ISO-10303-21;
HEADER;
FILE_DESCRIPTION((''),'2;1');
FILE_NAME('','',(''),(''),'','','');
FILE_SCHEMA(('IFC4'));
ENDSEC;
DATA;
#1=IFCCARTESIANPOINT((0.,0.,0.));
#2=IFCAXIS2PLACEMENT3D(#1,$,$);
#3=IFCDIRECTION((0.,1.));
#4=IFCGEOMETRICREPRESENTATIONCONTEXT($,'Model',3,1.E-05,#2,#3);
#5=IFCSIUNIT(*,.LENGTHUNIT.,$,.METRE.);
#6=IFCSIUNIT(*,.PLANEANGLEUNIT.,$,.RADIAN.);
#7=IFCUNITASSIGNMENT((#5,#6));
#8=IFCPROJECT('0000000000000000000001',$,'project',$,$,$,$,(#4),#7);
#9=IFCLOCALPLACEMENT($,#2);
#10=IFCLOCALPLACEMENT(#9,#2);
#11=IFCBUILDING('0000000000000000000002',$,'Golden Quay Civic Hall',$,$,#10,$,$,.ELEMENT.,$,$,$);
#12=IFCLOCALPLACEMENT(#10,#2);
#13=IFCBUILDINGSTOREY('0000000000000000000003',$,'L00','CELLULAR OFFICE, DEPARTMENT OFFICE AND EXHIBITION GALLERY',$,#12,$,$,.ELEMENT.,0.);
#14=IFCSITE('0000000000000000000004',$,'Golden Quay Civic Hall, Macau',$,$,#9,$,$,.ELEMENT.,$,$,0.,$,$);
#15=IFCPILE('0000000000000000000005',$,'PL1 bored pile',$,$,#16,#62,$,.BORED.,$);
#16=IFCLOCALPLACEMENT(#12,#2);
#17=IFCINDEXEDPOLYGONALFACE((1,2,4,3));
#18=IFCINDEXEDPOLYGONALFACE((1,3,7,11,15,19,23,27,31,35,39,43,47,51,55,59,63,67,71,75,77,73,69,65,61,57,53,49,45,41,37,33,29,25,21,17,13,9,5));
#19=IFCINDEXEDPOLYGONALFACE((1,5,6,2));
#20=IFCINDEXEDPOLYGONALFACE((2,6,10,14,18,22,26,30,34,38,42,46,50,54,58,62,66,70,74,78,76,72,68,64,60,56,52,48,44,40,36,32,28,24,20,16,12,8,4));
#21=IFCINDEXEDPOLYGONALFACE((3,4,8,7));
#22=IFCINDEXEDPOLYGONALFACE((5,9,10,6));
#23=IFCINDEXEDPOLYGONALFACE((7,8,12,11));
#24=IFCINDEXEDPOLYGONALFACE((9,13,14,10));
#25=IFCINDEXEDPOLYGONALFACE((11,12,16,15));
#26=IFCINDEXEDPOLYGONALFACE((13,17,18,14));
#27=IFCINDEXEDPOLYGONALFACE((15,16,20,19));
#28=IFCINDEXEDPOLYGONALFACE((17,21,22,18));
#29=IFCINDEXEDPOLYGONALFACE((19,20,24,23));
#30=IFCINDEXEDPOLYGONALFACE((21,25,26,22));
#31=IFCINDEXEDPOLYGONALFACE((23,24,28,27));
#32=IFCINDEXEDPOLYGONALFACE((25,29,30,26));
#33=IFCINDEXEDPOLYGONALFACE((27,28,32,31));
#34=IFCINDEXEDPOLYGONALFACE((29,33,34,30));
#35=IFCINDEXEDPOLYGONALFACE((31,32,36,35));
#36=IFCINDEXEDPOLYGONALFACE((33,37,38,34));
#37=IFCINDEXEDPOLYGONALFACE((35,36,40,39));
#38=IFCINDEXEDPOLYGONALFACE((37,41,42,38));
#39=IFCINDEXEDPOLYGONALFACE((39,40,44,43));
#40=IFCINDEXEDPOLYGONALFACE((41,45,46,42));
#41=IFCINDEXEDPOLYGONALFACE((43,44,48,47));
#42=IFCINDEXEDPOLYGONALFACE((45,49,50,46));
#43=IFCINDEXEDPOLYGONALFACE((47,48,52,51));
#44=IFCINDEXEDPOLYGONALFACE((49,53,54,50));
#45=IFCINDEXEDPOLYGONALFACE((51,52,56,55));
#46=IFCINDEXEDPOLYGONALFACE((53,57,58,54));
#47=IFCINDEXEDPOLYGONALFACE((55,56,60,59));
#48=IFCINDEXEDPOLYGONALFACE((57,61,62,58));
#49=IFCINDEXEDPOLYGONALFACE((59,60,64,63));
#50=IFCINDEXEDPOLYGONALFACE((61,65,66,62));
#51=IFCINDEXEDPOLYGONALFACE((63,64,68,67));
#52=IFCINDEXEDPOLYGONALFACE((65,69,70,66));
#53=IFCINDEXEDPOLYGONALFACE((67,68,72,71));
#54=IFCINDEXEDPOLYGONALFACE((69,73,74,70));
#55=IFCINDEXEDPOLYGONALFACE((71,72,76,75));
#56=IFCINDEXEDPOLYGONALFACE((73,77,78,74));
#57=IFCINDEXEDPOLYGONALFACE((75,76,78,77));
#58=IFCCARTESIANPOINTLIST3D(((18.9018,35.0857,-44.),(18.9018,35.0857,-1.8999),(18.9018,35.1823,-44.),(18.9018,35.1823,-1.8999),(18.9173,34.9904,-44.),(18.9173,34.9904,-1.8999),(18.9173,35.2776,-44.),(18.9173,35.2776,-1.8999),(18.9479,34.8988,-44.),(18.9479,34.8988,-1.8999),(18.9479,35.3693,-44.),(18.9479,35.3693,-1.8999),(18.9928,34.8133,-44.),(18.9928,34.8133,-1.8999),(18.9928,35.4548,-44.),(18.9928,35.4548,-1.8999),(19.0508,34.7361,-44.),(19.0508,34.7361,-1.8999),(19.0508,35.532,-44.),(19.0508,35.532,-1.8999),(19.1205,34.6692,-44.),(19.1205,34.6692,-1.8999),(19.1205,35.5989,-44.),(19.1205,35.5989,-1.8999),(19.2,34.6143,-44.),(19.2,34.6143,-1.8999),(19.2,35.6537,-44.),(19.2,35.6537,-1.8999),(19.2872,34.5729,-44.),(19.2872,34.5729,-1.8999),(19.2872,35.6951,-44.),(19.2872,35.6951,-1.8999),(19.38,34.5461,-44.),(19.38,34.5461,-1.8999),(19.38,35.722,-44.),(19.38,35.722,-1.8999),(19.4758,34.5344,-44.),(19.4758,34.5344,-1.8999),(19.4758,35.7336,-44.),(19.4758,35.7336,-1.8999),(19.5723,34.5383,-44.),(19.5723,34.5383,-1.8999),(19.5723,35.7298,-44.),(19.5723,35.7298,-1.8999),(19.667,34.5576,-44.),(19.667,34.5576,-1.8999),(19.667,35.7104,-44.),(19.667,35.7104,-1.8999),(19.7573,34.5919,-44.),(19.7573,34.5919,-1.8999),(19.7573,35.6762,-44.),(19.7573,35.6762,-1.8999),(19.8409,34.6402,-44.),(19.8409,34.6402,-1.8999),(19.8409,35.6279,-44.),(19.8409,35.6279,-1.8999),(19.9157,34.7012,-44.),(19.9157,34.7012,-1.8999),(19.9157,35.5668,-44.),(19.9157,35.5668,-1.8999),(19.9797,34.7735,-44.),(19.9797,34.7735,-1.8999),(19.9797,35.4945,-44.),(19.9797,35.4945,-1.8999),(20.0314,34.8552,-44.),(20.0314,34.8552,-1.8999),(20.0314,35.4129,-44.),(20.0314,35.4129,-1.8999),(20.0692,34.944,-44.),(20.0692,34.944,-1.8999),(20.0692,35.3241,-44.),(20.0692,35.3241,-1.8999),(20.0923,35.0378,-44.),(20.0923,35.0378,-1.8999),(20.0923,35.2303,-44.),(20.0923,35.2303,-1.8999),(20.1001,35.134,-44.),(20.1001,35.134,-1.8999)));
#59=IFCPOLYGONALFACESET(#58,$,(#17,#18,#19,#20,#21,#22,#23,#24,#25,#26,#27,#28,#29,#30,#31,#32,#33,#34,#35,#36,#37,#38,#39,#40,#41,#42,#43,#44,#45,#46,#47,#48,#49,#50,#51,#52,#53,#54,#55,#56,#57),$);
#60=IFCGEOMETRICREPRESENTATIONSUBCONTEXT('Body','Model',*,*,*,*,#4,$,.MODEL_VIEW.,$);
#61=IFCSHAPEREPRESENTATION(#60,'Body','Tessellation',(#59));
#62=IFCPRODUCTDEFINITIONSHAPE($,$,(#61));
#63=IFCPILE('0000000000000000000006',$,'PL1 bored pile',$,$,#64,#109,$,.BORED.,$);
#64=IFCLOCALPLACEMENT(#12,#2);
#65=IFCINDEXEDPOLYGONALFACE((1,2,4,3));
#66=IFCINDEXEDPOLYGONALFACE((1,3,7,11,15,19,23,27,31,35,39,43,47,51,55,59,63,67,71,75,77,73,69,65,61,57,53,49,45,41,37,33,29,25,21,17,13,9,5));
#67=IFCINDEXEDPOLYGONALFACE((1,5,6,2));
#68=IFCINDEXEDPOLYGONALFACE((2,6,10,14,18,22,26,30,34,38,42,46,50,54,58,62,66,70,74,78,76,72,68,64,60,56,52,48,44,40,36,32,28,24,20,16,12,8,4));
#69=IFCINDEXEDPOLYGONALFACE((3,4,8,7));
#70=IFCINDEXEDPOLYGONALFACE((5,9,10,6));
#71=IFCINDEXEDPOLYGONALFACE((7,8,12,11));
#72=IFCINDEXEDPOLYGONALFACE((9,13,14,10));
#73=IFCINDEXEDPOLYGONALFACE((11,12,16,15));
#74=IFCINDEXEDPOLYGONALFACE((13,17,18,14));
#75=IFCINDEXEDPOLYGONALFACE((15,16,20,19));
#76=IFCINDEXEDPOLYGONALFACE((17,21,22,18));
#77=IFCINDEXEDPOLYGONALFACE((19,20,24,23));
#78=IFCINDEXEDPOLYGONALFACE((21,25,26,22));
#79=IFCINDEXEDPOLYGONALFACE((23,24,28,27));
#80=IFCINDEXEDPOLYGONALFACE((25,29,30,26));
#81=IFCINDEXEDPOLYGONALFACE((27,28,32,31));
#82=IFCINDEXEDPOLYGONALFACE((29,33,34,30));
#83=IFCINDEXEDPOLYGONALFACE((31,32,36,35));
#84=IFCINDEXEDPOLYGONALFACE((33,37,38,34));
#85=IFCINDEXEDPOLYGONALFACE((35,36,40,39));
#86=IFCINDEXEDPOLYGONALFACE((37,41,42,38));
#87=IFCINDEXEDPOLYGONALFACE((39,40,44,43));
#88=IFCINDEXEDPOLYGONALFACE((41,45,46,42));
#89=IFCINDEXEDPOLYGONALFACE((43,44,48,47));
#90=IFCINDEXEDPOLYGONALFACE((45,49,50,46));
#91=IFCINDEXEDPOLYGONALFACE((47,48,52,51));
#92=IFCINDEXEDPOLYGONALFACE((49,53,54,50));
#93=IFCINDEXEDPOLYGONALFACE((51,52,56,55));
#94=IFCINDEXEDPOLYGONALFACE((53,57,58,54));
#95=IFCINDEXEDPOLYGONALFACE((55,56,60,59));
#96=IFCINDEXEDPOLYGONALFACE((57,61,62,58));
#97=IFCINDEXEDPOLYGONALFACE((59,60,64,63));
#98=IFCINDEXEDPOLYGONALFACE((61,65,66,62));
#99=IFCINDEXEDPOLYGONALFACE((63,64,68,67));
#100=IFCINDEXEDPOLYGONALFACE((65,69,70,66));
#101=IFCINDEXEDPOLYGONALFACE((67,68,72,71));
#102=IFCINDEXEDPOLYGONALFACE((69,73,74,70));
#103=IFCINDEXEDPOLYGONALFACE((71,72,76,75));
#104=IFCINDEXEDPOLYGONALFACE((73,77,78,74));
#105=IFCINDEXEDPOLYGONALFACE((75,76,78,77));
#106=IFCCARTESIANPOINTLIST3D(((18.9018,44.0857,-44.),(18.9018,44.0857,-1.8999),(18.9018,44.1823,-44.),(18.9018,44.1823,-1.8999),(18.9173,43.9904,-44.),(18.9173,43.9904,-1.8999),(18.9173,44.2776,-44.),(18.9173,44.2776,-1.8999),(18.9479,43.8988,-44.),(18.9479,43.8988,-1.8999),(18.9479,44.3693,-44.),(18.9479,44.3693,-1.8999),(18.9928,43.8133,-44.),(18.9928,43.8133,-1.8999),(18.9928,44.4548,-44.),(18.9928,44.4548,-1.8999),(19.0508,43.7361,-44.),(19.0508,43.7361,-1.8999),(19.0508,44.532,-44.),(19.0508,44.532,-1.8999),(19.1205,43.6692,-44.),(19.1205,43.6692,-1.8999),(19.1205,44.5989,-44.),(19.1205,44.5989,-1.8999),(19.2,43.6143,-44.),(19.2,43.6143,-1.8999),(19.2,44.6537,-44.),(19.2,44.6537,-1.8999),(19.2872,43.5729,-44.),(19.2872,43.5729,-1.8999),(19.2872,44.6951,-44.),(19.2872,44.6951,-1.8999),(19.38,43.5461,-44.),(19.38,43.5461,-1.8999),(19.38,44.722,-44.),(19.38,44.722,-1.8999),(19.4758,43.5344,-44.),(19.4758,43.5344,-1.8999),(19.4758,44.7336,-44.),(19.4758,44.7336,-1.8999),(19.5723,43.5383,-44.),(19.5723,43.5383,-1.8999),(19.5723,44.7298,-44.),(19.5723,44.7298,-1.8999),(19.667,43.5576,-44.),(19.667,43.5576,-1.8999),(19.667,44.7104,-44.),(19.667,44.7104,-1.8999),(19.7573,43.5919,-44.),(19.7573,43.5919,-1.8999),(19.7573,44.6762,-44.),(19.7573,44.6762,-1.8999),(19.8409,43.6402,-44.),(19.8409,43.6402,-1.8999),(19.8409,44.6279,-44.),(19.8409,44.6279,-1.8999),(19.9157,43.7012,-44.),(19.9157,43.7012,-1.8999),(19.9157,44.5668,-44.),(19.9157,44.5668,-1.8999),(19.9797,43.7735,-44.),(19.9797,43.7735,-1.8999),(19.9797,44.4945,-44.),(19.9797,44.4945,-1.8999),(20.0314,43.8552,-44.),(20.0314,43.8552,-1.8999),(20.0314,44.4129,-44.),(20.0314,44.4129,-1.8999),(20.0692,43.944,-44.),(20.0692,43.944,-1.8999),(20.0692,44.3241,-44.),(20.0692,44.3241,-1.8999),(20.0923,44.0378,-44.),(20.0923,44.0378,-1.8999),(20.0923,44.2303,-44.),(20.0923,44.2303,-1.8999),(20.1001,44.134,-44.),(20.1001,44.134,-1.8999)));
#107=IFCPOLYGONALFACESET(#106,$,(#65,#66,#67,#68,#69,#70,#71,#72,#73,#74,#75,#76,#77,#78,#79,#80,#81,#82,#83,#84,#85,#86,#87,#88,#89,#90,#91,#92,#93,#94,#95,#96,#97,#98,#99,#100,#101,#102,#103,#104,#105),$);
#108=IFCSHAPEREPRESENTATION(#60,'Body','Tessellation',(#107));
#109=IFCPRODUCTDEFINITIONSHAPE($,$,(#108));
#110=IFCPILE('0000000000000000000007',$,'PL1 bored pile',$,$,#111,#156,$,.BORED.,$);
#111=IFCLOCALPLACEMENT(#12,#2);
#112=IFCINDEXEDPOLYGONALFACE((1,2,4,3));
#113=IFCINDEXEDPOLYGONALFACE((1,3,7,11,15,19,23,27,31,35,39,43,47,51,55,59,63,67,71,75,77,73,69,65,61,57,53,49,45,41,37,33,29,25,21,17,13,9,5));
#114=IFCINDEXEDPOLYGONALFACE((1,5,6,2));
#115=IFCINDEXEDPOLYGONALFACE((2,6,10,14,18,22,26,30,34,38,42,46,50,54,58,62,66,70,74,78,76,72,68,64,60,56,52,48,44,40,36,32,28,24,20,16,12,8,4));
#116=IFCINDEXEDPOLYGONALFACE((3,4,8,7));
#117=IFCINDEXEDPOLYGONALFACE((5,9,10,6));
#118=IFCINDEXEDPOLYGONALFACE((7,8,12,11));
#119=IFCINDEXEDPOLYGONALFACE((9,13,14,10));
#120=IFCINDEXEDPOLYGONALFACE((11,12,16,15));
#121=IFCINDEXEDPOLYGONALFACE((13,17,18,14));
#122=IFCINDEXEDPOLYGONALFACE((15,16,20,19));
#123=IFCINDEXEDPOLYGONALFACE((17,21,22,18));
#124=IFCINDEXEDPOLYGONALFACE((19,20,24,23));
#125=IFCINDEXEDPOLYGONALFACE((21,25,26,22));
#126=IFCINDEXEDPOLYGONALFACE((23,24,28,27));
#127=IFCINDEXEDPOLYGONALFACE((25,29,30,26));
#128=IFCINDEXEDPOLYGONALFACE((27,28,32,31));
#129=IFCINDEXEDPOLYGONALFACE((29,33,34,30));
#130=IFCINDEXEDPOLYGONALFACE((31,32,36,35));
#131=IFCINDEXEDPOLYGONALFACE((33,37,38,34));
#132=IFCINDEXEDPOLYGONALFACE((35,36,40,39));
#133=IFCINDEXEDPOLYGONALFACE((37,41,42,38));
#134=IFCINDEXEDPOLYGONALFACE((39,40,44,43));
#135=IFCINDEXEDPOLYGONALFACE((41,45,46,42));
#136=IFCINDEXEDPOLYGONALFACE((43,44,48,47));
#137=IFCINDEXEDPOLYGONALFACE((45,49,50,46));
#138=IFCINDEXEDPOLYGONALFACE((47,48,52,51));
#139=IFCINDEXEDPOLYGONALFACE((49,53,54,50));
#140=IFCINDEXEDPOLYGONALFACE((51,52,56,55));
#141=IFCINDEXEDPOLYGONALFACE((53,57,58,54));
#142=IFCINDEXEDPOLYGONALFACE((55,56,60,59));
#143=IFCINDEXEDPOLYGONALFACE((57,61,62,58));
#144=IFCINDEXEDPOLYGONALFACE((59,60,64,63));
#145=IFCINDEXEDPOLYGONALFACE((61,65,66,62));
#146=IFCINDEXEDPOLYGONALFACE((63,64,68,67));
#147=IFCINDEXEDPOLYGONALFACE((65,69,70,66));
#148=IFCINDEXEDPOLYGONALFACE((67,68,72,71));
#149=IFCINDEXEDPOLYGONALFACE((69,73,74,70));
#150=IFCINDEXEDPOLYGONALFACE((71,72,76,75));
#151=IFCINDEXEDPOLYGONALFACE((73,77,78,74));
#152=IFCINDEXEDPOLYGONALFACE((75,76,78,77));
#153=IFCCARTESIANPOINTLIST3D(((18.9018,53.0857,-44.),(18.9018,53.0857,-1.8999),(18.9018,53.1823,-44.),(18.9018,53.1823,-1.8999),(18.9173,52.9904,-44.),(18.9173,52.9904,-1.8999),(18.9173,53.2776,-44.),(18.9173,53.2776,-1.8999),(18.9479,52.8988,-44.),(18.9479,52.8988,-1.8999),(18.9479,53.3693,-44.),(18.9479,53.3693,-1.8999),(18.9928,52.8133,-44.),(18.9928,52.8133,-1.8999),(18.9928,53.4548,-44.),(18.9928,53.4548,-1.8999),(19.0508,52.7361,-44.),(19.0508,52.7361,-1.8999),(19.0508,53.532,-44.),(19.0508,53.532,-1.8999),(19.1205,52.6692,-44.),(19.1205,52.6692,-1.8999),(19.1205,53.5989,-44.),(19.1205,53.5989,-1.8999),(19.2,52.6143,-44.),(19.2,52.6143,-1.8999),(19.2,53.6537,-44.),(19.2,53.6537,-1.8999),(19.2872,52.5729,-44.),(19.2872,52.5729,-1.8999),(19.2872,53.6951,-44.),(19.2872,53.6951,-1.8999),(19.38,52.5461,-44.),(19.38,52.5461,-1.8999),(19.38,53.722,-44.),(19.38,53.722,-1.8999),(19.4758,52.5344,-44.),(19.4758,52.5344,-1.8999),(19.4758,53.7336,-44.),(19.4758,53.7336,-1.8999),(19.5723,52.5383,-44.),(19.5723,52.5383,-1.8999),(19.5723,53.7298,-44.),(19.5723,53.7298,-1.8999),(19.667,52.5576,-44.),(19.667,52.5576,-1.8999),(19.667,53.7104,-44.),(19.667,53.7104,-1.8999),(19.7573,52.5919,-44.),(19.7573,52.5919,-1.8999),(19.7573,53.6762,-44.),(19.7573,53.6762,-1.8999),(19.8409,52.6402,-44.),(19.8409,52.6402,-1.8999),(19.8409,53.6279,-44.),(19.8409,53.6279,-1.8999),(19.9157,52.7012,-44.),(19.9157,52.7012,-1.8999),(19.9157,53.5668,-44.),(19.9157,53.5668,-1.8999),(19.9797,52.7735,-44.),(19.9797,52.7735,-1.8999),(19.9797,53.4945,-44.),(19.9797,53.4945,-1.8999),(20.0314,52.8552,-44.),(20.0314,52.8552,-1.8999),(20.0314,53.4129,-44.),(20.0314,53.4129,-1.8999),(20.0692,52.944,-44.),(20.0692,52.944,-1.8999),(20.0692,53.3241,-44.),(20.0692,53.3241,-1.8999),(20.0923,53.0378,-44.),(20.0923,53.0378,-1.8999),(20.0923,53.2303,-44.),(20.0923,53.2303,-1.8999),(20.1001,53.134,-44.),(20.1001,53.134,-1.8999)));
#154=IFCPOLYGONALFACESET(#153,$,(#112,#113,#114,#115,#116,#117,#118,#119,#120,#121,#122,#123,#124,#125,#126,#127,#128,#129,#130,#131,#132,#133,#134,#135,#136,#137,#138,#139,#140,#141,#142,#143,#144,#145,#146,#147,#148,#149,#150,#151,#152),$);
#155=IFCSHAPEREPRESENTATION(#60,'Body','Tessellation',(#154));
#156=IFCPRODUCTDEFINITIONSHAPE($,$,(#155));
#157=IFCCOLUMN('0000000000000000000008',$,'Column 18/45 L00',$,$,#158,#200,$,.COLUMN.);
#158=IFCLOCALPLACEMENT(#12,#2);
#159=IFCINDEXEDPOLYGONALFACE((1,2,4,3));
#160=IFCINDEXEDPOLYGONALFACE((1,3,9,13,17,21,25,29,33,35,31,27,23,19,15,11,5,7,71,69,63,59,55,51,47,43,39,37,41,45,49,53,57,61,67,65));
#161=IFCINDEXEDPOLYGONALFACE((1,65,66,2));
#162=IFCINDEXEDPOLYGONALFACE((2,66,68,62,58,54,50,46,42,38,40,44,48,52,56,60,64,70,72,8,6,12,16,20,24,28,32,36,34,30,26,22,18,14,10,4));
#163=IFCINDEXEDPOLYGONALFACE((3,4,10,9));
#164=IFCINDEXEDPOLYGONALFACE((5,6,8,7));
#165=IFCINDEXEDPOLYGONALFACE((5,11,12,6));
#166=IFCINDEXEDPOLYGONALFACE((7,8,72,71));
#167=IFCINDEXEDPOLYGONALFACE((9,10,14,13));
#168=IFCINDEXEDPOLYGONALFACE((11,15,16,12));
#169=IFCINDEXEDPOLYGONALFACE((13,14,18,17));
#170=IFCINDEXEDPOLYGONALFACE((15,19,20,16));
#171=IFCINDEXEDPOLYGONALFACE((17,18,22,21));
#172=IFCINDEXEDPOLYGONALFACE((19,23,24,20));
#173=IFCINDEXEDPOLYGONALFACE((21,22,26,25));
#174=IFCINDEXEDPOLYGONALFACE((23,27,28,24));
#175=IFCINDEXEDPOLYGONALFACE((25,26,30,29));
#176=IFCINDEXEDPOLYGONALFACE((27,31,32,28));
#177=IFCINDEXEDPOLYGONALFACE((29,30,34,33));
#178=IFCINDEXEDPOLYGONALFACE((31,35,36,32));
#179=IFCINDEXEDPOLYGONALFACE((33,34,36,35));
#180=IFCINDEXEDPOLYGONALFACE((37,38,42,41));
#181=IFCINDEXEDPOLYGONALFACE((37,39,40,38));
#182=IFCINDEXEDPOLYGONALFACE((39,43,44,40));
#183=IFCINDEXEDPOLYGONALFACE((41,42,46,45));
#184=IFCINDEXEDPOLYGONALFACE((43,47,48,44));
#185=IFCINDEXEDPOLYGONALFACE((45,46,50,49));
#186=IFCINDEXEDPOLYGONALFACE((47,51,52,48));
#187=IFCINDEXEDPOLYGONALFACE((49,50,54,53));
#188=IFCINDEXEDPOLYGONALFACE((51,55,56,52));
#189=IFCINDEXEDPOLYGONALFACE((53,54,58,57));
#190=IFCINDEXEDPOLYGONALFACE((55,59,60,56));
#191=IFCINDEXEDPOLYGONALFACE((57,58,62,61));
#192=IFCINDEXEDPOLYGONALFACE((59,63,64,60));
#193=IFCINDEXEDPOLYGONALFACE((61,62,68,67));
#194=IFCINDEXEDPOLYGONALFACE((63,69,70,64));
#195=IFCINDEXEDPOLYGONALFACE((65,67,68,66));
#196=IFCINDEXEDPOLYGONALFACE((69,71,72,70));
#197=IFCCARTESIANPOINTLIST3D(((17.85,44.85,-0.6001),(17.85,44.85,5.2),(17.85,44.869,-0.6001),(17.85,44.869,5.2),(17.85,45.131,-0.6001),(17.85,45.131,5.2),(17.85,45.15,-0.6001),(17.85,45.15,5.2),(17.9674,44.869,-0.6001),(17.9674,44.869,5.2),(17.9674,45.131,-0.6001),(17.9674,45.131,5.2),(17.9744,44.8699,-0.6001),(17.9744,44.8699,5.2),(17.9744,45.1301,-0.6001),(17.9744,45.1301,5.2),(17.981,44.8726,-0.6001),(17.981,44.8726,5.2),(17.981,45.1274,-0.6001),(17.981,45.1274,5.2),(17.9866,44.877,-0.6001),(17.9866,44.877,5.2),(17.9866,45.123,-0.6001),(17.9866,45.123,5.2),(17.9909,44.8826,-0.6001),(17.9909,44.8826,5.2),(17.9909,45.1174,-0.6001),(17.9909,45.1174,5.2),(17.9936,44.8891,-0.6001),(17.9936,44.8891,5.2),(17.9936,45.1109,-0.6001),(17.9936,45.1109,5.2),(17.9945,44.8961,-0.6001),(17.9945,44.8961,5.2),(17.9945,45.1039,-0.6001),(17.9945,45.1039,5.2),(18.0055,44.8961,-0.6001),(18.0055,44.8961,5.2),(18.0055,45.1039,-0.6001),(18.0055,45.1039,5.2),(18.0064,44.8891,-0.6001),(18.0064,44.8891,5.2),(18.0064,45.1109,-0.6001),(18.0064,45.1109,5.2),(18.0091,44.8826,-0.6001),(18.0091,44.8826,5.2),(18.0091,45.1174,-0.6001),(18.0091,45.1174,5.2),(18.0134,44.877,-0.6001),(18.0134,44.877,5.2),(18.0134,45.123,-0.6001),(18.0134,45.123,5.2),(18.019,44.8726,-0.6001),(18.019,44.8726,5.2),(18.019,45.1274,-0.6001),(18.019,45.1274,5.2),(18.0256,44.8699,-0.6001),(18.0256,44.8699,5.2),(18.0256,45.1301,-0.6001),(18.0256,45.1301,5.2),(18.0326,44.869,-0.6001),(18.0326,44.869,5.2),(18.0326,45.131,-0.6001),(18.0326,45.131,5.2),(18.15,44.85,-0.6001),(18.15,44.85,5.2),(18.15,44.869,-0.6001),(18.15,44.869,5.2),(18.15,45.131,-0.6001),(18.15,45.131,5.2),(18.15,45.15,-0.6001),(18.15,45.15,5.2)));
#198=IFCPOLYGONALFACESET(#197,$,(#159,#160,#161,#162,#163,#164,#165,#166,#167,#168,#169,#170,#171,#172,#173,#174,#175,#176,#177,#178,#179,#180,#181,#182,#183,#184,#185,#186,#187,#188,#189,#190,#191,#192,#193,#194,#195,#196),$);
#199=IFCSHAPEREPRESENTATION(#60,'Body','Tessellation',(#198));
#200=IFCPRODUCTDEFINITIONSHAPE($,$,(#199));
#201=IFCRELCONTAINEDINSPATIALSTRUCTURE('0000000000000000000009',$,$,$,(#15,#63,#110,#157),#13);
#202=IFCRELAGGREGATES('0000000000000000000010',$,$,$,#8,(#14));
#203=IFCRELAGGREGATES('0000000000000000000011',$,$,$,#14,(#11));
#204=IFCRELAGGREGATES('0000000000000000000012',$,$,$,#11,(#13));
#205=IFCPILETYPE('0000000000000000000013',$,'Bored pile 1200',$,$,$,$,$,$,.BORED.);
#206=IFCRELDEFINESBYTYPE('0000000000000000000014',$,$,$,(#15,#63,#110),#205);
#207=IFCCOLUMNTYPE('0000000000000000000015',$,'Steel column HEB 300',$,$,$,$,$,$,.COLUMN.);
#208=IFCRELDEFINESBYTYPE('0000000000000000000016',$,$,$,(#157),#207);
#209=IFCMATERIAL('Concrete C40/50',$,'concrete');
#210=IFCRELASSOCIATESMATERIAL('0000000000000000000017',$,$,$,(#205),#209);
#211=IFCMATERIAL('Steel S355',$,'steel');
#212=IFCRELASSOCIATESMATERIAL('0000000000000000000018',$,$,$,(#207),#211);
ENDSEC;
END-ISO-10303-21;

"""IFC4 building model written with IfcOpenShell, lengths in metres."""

from ifc_helpers import new_model, si_unit, direction, frame, origin, origin_2d, place, context, subcontext, project, spatial, circle, i_section, extrude, material, material_profile, profile_set, type_object, element, save


model = new_model("IFC4")

# Units and contexts
model_context = context("Model", 3, precision=1e-05, world=origin(), true_north=direction((0.0, 1.0)))
body_context = subcontext(model_context, "Body", "Model", "MODEL_VIEW")
ifc_project = project(units=[si_unit("LENGTHUNIT", "METRE"), si_unit("PLANEANGLEUNIT", "RADIAN")], contexts=[model_context])

# Site, building, storey
site_placement = place(None, origin())
site = spatial("IfcSite", under=ifc_project, at=site_placement, Name="Golden Quay Civic Hall, Macau", CompositionType="ELEMENT", RefElevation=0.0)
building_placement = place(site_placement, origin())
building = spatial("IfcBuilding", under=site, at=building_placement, Name="Golden Quay Civic Hall", CompositionType="ELEMENT")
storey_placement = place(building_placement, origin())
storey = spatial("IfcBuildingStorey", under=building, at=storey_placement, Name="L00", Description="CELLULAR OFFICE, DEPARTMENT OFFICE AND EXHIBITION GALLERY", CompositionType="ELEMENT", Elevation=0.0)

# Piles
ifc_material_1 = material(Name="Concrete C40/50", Category="concrete")
ifc_material_profile_1 = material_profile(ifc_material_1, circle(Radius=0.6001, at=origin_2d()), Name="RC D1200")
ifc_profile_set_1 = profile_set([ifc_material_profile_1], Name="Concrete C40/50")
pile_type = type_object("IfcPileType", Name="Bored pile 1200", PredefinedType="BORED", material=ifc_profile_set_1)
for number, where, z_axis, x_axis, name in (
    (1, (19.5, 35.134, -1.8999), (0.0, 0.0, -1.0), (1.0, 0.0, 0.0), "PL1 bored pile"),
    (2, (19.5, 44.134, -1.8999), (0.0, 0.0, -1.0), (1.0, 0.0, 0.0), "PL1 bored pile"),
    (3, (19.5, 53.134, -1.8999), (0.0, 0.0, -1.0), (1.0, 0.0, 0.0), "PL1 bored pile"),
):
    element("IfcPile", number, at=place(storey_placement, frame(where, z_axis=z_axis, x_axis=x_axis)), inside=storey, type_object=pile_type, Name=name, PredefinedType="BORED", context=body_context, shape_type="SweptSolid", body=[
        extrude(circle(Radius=0.6001, at=origin_2d()), origin(), (0.0, 0.0, 1.0), 42.1001),
    ])

# Column
ifc_material_2 = material(Name="Steel S355", Category="steel")
ifc_material_profile_2 = material_profile(ifc_material_2, i_section(OverallWidth=0.3, OverallDepth=0.3, WebThickness=0.011, FlangeThickness=0.019, FilletRadius=0.0271, at=origin_2d()), Name="HEB 300")
ifc_profile_set_2 = profile_set([ifc_material_profile_2], Name="Steel S355")
column_type = type_object("IfcColumnType", Name="Steel column HEB 300", PredefinedType="COLUMN", material=ifc_profile_set_2)
for number, where, z_axis, x_axis, name in (
    (4, (18.0, 45.0, -0.6001), (0.0, 0.0, 1.0), (1.0, 0.0, 0.0), "Column 18/45 L00"),
):
    element("IfcColumn", number, at=place(storey_placement, frame(where, z_axis=z_axis, x_axis=x_axis)), inside=storey, type_object=column_type, Name=name, PredefinedType="COLUMN", context=body_context, shape_type="SweptSolid", body=[
        extrude(i_section(OverallWidth=0.3, OverallDepth=0.3, WebThickness=0.011, FlangeThickness=0.019, FilletRadius=0.0271, at=origin_2d()), origin(), (0.0, 0.0, 1.0), 5.8),
    ])

save(model, "model.ifc")
